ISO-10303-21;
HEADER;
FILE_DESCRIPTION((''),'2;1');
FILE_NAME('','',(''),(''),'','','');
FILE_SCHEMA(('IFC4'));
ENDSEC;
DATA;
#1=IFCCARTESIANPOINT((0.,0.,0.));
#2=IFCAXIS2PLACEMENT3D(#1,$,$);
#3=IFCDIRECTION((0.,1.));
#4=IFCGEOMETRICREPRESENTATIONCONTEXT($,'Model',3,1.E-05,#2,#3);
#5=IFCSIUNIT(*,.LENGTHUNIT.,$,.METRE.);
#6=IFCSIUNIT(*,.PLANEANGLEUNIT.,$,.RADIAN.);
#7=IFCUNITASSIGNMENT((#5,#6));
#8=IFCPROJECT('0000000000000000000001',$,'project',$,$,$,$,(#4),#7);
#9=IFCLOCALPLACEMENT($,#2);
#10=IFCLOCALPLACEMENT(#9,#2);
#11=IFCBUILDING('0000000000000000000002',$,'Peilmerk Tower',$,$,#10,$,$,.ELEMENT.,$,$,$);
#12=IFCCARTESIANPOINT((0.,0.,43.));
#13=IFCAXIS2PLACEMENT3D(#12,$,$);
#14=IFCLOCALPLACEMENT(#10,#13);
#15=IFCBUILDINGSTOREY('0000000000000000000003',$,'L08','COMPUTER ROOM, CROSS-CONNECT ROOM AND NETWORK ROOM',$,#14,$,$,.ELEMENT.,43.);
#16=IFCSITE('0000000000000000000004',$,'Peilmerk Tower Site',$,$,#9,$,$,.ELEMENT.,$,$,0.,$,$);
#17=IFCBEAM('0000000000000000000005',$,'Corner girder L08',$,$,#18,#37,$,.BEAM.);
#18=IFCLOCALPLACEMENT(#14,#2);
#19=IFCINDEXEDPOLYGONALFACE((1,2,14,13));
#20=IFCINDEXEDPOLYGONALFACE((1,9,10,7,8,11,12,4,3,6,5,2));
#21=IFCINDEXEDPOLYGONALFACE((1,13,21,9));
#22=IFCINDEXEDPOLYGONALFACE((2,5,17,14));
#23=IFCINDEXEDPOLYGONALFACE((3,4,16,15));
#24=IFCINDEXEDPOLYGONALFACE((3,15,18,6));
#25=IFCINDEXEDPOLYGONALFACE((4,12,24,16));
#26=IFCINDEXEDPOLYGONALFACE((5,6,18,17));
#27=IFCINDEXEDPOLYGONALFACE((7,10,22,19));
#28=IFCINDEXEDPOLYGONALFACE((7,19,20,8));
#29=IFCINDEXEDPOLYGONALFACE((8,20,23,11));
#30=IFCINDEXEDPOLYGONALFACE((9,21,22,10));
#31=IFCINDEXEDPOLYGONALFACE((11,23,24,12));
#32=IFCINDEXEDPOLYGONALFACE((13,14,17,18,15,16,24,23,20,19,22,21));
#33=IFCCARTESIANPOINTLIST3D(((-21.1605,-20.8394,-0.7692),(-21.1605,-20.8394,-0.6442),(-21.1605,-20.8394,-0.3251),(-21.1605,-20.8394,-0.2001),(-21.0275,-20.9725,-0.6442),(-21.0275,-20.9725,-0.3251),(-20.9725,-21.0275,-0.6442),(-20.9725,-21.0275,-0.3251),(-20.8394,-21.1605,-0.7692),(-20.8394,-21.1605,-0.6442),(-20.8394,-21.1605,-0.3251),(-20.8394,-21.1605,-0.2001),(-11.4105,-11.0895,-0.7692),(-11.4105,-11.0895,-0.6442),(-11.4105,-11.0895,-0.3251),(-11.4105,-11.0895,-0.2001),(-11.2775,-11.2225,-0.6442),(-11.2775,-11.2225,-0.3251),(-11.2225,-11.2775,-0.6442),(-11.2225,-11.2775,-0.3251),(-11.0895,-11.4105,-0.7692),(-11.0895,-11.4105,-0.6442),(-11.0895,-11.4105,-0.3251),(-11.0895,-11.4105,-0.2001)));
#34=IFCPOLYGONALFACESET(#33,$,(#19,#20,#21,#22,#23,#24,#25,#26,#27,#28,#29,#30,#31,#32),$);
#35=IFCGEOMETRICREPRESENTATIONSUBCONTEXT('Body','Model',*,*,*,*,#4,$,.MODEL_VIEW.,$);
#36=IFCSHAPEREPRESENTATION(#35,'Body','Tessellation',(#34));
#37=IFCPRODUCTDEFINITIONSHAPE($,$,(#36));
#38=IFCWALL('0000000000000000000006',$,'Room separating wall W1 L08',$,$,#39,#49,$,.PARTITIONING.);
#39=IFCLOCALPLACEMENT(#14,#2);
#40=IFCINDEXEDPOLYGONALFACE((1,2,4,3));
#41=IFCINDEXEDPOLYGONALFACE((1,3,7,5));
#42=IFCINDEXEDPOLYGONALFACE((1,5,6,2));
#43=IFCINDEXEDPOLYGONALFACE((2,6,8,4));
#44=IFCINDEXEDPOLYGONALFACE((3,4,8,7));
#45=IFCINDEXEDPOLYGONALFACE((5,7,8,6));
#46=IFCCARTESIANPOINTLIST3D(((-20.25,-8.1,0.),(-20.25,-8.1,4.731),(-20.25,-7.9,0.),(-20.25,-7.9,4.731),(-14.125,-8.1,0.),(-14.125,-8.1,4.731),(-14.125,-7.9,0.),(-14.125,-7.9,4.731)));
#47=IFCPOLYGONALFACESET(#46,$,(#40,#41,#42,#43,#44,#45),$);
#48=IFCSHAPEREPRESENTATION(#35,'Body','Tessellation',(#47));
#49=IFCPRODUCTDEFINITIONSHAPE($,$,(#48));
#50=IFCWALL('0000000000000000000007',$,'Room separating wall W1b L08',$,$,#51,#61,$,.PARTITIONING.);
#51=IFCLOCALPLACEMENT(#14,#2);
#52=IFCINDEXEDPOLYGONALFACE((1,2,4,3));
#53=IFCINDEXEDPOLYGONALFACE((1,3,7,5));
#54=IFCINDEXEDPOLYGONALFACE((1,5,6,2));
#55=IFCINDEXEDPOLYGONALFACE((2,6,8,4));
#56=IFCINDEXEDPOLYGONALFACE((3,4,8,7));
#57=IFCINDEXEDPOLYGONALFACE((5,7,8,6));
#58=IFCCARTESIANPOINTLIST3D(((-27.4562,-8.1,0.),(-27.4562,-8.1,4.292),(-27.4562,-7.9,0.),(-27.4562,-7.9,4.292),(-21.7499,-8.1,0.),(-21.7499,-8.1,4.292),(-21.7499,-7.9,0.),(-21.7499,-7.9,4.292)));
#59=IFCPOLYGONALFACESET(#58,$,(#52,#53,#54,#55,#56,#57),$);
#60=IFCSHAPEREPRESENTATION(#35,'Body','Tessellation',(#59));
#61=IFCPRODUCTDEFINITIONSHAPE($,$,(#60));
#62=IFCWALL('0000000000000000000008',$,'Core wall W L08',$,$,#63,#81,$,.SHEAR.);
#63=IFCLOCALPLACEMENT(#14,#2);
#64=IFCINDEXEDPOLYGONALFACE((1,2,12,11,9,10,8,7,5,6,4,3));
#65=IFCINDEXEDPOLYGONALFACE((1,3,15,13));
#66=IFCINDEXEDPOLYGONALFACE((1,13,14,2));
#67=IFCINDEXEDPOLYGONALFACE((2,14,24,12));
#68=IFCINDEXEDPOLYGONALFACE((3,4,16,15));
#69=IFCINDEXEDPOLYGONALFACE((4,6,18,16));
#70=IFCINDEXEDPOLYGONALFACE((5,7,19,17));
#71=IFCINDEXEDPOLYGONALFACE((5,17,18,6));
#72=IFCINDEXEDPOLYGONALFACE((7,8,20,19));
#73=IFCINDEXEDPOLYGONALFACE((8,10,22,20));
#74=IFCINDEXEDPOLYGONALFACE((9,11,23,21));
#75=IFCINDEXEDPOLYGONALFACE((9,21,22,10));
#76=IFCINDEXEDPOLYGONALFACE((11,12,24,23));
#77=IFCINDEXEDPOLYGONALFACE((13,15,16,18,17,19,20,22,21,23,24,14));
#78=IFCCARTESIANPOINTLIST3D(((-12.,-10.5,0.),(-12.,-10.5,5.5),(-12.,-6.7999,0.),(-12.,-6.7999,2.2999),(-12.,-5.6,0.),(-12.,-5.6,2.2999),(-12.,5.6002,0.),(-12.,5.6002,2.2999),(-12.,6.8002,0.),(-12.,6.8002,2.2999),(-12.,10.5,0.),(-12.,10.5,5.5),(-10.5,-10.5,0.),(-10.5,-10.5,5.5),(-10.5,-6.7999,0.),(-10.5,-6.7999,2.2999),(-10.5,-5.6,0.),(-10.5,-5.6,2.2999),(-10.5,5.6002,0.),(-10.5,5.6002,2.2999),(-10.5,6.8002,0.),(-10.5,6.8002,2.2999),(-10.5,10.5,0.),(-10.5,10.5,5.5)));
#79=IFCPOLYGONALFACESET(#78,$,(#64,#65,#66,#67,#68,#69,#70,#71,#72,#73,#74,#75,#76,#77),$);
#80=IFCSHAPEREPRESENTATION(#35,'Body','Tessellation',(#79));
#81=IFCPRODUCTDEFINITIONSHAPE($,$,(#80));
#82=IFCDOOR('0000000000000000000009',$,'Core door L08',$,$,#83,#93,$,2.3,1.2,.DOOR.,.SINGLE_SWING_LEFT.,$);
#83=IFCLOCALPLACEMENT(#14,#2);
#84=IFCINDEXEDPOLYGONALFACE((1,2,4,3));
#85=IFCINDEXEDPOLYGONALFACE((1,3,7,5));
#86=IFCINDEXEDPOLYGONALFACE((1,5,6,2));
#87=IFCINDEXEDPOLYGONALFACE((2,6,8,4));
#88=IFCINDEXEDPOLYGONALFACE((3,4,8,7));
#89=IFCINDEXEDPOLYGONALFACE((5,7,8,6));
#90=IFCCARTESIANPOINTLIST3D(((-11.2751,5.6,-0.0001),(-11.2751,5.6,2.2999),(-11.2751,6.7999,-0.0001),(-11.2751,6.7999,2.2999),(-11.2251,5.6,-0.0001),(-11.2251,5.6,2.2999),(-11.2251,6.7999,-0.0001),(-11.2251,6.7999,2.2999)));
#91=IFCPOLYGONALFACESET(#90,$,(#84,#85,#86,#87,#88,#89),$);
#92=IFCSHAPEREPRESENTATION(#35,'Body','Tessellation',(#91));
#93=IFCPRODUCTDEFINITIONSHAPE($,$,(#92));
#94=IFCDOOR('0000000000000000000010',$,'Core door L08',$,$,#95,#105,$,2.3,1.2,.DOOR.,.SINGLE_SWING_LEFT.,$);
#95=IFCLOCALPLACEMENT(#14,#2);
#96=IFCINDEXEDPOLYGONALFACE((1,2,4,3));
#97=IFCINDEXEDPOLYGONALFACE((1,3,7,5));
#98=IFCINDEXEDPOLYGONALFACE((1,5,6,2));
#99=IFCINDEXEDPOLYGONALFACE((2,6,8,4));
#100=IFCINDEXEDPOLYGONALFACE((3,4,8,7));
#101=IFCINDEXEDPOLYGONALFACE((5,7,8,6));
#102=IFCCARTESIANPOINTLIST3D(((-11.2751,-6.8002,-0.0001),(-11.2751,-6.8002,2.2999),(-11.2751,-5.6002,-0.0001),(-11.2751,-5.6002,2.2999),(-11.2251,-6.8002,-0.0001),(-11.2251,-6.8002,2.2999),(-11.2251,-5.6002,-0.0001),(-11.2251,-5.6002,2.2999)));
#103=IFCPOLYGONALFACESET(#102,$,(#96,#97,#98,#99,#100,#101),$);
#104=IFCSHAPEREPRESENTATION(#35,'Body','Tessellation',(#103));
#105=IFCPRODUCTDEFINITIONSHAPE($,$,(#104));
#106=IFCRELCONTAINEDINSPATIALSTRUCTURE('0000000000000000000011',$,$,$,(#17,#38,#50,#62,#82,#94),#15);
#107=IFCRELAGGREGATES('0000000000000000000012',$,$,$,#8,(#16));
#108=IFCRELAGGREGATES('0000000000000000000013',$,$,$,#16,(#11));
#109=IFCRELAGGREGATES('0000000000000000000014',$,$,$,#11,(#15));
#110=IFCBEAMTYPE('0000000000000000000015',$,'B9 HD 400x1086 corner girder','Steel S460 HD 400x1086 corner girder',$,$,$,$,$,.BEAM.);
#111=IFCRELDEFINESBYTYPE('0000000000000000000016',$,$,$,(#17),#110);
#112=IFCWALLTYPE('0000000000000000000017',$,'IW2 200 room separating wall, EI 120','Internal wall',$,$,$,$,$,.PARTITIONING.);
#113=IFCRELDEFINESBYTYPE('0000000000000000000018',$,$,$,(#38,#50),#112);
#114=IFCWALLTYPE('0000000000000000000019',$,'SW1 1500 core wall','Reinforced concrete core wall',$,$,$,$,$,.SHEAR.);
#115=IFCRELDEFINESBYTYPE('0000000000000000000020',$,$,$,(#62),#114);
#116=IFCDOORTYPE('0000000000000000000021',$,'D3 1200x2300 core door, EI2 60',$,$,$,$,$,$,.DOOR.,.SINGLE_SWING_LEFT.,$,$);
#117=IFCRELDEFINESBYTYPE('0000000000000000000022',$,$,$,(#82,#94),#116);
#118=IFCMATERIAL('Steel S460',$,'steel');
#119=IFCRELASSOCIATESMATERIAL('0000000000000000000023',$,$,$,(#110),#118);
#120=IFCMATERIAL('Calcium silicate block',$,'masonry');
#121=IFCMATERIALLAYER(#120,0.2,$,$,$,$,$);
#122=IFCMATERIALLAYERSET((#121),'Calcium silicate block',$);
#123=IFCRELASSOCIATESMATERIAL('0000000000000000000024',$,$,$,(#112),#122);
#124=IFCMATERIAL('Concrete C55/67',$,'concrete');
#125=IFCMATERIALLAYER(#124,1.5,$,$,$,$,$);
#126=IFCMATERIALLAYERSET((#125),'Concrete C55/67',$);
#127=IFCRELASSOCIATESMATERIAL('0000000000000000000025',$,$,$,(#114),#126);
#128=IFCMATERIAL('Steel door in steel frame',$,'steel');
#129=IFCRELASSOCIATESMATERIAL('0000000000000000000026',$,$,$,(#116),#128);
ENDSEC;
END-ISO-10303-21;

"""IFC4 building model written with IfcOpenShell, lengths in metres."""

from ifc_helpers import new_model, si_unit, direction, frame, frame_2d, origin, origin_2d, place, context, subcontext, project, spatial, rectangle, i_section, extrude, material, layer, layer_set, material_profile, profile_set, type_object, element, fill, save


model = new_model("IFC4")

# Units and contexts
model_context = context("Model", 3, precision=1e-05, world=origin(), true_north=direction((0.0, 1.0)))
body_context = subcontext(model_context, "Body", "Model", "MODEL_VIEW")
ifc_project = project(units=[si_unit("LENGTHUNIT", "METRE"), si_unit("PLANEANGLEUNIT", "RADIAN")], contexts=[model_context])

# Site, building, storey
site_placement = place(None, origin())
site = spatial("IfcSite", under=ifc_project, at=site_placement, Name="Peilmerk Tower Site", CompositionType="ELEMENT", RefElevation=0.0)
building_placement = place(site_placement, origin())
building = spatial("IfcBuilding", under=site, at=building_placement, Name="Peilmerk Tower", CompositionType="ELEMENT")
storey_placement = place(building_placement, frame((0.0, 0.0, 43.0)))
storey = spatial("IfcBuildingStorey", under=building, at=storey_placement, Name="L08", Description="COMPUTER ROOM, CROSS-CONNECT ROOM AND NETWORK ROOM", CompositionType="ELEMENT", Elevation=43.0)

# Beam
ifc_material_1 = material(Name="Steel S460", Category="steel")
ifc_material_profile_1 = material_profile(ifc_material_1, i_section(OverallWidth=0.4541, OverallDepth=0.5691, WebThickness=0.0779, FlangeThickness=0.125, at=origin_2d()), Name="HD 400x1086")
ifc_profile_set_1 = profile_set([ifc_material_profile_1], Name="Steel S460")
beam_type_1 = type_object("IfcBeamType", Name="B9 HD 400x1086 corner girder", Description="Steel S460 HD 400x1086 corner girder", PredefinedType="BEAM", material=ifc_profile_set_1)
beam_1_placement = place(storey_placement, frame((-11.25, -11.25, -0.4846), z_axis=(-0.707107, -0.707107, 0.0), x_axis=(0.707107, -0.707107, 0.0)))
element("IfcBeam", 1, at=beam_1_placement, inside=storey, type_object=beam_type_1, Name="Corner girder L08", PredefinedType="BEAM", context=body_context, shape_type="SweptSolid", body=[
    extrude(i_section(OverallWidth=0.4541, OverallDepth=0.5691, WebThickness=0.0779, FlangeThickness=0.125, at=origin_2d()), origin(), (0.0, 0.0, 1.0), 13.7886),
])

# Walls
ifc_material_2 = material(Name="Calcium silicate block", Category="masonry")
ifc_layer_1 = layer(ifc_material_2, 0.2)
ifc_layer_set_1 = layer_set([ifc_layer_1], Name="Calcium silicate block")
wall_type_1 = type_object("IfcWallType", Name="IW2 200 room separating wall, EI 120", Description="Internal wall", PredefinedType="PARTITIONING", material=ifc_layer_set_1)
wall_1_placement = place(storey_placement, frame((-14.125, -8.0, 0.0), z_axis=(0.0, 0.0, 1.0), x_axis=(-1.0, 0.0, 0.0)))
element("IfcWall", 2, at=wall_1_placement, inside=storey, type_object=wall_type_1, Name="Room separating wall W1 L08", PredefinedType="PARTITIONING", context=body_context, shape_type="SweptSolid", body=[
    extrude(rectangle(XDim=6.125, YDim=0.2, at=frame_2d((3.0625, 0.0))), origin(), (0.0, 0.0, 1.0), 4.731),
])
wall_2_placement = place(storey_placement, frame((-21.75, -8.0, 0.0), z_axis=(0.0, 0.0, 1.0), x_axis=(-1.0, 0.0, 0.0)))
element("IfcWall", 3, at=wall_2_placement, inside=storey, type_object=wall_type_1, Name="Room separating wall W1b L08", PredefinedType="PARTITIONING", context=body_context, shape_type="SweptSolid", body=[
    extrude(rectangle(XDim=5.7063, YDim=0.2, at=frame_2d((2.853, 0.0))), origin(), (0.0, 0.0, 1.0), 4.292),
])

# Wall, openings, doors
ifc_material_3 = material(Name="Concrete C55/67", Category="concrete")
ifc_layer_2 = layer(ifc_material_3, 1.5)
ifc_layer_set_2 = layer_set([ifc_layer_2], Name="Concrete C55/67")
wall_type_2 = type_object("IfcWallType", Name="SW1 1500 core wall", Description="Reinforced concrete core wall", PredefinedType="SHEAR", material=ifc_layer_set_2)
wall_3_placement = place(storey_placement, frame((-11.25, -10.5, 0.0), z_axis=(0.0, 0.0, 1.0), x_axis=(0.0, 1.0, 0.0)))
wall_3 = element("IfcWall", 4, at=wall_3_placement, inside=storey, type_object=wall_type_2, Name="Core wall W L08", PredefinedType="SHEAR", context=body_context, shape_type="SweptSolid", body=[
    extrude(rectangle(XDim=21.0, YDim=1.5, at=frame_2d((10.5, 0.0))), origin(), (0.0, 0.0, 1.0), 5.5),
])
opening_1_placement = place(wall_3_placement, frame((16.1001, 0.0, 0.0)))
opening_1 = element("IfcOpeningElement", 5, at=opening_1_placement, cuts=wall_3, PredefinedType="OPENING", context=body_context, shape_type="SweptSolid", body=[
    extrude(rectangle(XDim=1.2, YDim=2.3, at=frame_2d((0.6001, 1.1499))), frame((0.0, 0.76, 0.0), z_axis=(0.0, -1.0, 0.0), x_axis=(1.0, 0.0, 0.0)), (0.0, 0.0, 1.0), 1.52),
])
opening_2_placement = place(wall_3_placement, frame((3.7, 0.0, 0.0)))
opening_2 = element("IfcOpeningElement", 6, at=opening_2_placement, cuts=wall_3, PredefinedType="OPENING", context=body_context, shape_type="SweptSolid", body=[
    extrude(rectangle(XDim=1.2, YDim=2.3, at=frame_2d((0.6001, 1.1499))), frame((0.0, 0.76, 0.0), z_axis=(0.0, -1.0, 0.0), x_axis=(1.0, 0.0, 0.0)), (0.0, 0.0, 1.0), 1.52),
])
ifc_material_4 = material(Name="Steel door in steel frame", Category="steel")
door_type = type_object("IfcDoorType", Name="D3 1200x2300 core door, EI2 60", OperationType="SINGLE_SWING_LEFT", PredefinedType="DOOR", material=ifc_material_4)
door_1_placement = place(opening_1_placement, frame((1.2, 0.0, 0.0), z_axis=(0.0, 0.0, 1.0), x_axis=(-1.0, 0.0, 0.0)))
door_1 = element("IfcDoor", 7, at=door_1_placement, inside=storey, type_object=door_type, Name="Core door L08", OperationType="SINGLE_SWING_LEFT", OverallHeight=2.3, OverallWidth=1.2, PredefinedType="DOOR", context=body_context, shape_type="SweptSolid", body=[
    extrude(rectangle(XDim=1.2, YDim=2.3, at=frame_2d((0.6001, 1.1499))), frame((0.0, 0.0249, 0.0), z_axis=(0.0, -1.0, 0.0), x_axis=(1.0, 0.0, 0.0)), (0.0, 0.0, 1.0), 0.05),
])
fill(opening_1, door_1)
door_2_placement = place(opening_2_placement, frame((1.2, 0.0, 0.0), z_axis=(0.0, 0.0, 1.0), x_axis=(-1.0, 0.0, 0.0)))
door_2 = element("IfcDoor", 8, at=door_2_placement, inside=storey, type_object=door_type, Name="Core door L08", OperationType="SINGLE_SWING_LEFT", OverallHeight=2.3, OverallWidth=1.2, PredefinedType="DOOR", context=body_context, shape_type="SweptSolid", body=[
    extrude(rectangle(XDim=1.2, YDim=2.3, at=frame_2d((0.6001, 1.1499))), frame((0.0, 0.0249, 0.0), z_axis=(0.0, -1.0, 0.0), x_axis=(1.0, 0.0, 0.0)), (0.0, 0.0, 1.0), 0.05),
])
fill(opening_2, door_2)

save(model, "model.ifc")
